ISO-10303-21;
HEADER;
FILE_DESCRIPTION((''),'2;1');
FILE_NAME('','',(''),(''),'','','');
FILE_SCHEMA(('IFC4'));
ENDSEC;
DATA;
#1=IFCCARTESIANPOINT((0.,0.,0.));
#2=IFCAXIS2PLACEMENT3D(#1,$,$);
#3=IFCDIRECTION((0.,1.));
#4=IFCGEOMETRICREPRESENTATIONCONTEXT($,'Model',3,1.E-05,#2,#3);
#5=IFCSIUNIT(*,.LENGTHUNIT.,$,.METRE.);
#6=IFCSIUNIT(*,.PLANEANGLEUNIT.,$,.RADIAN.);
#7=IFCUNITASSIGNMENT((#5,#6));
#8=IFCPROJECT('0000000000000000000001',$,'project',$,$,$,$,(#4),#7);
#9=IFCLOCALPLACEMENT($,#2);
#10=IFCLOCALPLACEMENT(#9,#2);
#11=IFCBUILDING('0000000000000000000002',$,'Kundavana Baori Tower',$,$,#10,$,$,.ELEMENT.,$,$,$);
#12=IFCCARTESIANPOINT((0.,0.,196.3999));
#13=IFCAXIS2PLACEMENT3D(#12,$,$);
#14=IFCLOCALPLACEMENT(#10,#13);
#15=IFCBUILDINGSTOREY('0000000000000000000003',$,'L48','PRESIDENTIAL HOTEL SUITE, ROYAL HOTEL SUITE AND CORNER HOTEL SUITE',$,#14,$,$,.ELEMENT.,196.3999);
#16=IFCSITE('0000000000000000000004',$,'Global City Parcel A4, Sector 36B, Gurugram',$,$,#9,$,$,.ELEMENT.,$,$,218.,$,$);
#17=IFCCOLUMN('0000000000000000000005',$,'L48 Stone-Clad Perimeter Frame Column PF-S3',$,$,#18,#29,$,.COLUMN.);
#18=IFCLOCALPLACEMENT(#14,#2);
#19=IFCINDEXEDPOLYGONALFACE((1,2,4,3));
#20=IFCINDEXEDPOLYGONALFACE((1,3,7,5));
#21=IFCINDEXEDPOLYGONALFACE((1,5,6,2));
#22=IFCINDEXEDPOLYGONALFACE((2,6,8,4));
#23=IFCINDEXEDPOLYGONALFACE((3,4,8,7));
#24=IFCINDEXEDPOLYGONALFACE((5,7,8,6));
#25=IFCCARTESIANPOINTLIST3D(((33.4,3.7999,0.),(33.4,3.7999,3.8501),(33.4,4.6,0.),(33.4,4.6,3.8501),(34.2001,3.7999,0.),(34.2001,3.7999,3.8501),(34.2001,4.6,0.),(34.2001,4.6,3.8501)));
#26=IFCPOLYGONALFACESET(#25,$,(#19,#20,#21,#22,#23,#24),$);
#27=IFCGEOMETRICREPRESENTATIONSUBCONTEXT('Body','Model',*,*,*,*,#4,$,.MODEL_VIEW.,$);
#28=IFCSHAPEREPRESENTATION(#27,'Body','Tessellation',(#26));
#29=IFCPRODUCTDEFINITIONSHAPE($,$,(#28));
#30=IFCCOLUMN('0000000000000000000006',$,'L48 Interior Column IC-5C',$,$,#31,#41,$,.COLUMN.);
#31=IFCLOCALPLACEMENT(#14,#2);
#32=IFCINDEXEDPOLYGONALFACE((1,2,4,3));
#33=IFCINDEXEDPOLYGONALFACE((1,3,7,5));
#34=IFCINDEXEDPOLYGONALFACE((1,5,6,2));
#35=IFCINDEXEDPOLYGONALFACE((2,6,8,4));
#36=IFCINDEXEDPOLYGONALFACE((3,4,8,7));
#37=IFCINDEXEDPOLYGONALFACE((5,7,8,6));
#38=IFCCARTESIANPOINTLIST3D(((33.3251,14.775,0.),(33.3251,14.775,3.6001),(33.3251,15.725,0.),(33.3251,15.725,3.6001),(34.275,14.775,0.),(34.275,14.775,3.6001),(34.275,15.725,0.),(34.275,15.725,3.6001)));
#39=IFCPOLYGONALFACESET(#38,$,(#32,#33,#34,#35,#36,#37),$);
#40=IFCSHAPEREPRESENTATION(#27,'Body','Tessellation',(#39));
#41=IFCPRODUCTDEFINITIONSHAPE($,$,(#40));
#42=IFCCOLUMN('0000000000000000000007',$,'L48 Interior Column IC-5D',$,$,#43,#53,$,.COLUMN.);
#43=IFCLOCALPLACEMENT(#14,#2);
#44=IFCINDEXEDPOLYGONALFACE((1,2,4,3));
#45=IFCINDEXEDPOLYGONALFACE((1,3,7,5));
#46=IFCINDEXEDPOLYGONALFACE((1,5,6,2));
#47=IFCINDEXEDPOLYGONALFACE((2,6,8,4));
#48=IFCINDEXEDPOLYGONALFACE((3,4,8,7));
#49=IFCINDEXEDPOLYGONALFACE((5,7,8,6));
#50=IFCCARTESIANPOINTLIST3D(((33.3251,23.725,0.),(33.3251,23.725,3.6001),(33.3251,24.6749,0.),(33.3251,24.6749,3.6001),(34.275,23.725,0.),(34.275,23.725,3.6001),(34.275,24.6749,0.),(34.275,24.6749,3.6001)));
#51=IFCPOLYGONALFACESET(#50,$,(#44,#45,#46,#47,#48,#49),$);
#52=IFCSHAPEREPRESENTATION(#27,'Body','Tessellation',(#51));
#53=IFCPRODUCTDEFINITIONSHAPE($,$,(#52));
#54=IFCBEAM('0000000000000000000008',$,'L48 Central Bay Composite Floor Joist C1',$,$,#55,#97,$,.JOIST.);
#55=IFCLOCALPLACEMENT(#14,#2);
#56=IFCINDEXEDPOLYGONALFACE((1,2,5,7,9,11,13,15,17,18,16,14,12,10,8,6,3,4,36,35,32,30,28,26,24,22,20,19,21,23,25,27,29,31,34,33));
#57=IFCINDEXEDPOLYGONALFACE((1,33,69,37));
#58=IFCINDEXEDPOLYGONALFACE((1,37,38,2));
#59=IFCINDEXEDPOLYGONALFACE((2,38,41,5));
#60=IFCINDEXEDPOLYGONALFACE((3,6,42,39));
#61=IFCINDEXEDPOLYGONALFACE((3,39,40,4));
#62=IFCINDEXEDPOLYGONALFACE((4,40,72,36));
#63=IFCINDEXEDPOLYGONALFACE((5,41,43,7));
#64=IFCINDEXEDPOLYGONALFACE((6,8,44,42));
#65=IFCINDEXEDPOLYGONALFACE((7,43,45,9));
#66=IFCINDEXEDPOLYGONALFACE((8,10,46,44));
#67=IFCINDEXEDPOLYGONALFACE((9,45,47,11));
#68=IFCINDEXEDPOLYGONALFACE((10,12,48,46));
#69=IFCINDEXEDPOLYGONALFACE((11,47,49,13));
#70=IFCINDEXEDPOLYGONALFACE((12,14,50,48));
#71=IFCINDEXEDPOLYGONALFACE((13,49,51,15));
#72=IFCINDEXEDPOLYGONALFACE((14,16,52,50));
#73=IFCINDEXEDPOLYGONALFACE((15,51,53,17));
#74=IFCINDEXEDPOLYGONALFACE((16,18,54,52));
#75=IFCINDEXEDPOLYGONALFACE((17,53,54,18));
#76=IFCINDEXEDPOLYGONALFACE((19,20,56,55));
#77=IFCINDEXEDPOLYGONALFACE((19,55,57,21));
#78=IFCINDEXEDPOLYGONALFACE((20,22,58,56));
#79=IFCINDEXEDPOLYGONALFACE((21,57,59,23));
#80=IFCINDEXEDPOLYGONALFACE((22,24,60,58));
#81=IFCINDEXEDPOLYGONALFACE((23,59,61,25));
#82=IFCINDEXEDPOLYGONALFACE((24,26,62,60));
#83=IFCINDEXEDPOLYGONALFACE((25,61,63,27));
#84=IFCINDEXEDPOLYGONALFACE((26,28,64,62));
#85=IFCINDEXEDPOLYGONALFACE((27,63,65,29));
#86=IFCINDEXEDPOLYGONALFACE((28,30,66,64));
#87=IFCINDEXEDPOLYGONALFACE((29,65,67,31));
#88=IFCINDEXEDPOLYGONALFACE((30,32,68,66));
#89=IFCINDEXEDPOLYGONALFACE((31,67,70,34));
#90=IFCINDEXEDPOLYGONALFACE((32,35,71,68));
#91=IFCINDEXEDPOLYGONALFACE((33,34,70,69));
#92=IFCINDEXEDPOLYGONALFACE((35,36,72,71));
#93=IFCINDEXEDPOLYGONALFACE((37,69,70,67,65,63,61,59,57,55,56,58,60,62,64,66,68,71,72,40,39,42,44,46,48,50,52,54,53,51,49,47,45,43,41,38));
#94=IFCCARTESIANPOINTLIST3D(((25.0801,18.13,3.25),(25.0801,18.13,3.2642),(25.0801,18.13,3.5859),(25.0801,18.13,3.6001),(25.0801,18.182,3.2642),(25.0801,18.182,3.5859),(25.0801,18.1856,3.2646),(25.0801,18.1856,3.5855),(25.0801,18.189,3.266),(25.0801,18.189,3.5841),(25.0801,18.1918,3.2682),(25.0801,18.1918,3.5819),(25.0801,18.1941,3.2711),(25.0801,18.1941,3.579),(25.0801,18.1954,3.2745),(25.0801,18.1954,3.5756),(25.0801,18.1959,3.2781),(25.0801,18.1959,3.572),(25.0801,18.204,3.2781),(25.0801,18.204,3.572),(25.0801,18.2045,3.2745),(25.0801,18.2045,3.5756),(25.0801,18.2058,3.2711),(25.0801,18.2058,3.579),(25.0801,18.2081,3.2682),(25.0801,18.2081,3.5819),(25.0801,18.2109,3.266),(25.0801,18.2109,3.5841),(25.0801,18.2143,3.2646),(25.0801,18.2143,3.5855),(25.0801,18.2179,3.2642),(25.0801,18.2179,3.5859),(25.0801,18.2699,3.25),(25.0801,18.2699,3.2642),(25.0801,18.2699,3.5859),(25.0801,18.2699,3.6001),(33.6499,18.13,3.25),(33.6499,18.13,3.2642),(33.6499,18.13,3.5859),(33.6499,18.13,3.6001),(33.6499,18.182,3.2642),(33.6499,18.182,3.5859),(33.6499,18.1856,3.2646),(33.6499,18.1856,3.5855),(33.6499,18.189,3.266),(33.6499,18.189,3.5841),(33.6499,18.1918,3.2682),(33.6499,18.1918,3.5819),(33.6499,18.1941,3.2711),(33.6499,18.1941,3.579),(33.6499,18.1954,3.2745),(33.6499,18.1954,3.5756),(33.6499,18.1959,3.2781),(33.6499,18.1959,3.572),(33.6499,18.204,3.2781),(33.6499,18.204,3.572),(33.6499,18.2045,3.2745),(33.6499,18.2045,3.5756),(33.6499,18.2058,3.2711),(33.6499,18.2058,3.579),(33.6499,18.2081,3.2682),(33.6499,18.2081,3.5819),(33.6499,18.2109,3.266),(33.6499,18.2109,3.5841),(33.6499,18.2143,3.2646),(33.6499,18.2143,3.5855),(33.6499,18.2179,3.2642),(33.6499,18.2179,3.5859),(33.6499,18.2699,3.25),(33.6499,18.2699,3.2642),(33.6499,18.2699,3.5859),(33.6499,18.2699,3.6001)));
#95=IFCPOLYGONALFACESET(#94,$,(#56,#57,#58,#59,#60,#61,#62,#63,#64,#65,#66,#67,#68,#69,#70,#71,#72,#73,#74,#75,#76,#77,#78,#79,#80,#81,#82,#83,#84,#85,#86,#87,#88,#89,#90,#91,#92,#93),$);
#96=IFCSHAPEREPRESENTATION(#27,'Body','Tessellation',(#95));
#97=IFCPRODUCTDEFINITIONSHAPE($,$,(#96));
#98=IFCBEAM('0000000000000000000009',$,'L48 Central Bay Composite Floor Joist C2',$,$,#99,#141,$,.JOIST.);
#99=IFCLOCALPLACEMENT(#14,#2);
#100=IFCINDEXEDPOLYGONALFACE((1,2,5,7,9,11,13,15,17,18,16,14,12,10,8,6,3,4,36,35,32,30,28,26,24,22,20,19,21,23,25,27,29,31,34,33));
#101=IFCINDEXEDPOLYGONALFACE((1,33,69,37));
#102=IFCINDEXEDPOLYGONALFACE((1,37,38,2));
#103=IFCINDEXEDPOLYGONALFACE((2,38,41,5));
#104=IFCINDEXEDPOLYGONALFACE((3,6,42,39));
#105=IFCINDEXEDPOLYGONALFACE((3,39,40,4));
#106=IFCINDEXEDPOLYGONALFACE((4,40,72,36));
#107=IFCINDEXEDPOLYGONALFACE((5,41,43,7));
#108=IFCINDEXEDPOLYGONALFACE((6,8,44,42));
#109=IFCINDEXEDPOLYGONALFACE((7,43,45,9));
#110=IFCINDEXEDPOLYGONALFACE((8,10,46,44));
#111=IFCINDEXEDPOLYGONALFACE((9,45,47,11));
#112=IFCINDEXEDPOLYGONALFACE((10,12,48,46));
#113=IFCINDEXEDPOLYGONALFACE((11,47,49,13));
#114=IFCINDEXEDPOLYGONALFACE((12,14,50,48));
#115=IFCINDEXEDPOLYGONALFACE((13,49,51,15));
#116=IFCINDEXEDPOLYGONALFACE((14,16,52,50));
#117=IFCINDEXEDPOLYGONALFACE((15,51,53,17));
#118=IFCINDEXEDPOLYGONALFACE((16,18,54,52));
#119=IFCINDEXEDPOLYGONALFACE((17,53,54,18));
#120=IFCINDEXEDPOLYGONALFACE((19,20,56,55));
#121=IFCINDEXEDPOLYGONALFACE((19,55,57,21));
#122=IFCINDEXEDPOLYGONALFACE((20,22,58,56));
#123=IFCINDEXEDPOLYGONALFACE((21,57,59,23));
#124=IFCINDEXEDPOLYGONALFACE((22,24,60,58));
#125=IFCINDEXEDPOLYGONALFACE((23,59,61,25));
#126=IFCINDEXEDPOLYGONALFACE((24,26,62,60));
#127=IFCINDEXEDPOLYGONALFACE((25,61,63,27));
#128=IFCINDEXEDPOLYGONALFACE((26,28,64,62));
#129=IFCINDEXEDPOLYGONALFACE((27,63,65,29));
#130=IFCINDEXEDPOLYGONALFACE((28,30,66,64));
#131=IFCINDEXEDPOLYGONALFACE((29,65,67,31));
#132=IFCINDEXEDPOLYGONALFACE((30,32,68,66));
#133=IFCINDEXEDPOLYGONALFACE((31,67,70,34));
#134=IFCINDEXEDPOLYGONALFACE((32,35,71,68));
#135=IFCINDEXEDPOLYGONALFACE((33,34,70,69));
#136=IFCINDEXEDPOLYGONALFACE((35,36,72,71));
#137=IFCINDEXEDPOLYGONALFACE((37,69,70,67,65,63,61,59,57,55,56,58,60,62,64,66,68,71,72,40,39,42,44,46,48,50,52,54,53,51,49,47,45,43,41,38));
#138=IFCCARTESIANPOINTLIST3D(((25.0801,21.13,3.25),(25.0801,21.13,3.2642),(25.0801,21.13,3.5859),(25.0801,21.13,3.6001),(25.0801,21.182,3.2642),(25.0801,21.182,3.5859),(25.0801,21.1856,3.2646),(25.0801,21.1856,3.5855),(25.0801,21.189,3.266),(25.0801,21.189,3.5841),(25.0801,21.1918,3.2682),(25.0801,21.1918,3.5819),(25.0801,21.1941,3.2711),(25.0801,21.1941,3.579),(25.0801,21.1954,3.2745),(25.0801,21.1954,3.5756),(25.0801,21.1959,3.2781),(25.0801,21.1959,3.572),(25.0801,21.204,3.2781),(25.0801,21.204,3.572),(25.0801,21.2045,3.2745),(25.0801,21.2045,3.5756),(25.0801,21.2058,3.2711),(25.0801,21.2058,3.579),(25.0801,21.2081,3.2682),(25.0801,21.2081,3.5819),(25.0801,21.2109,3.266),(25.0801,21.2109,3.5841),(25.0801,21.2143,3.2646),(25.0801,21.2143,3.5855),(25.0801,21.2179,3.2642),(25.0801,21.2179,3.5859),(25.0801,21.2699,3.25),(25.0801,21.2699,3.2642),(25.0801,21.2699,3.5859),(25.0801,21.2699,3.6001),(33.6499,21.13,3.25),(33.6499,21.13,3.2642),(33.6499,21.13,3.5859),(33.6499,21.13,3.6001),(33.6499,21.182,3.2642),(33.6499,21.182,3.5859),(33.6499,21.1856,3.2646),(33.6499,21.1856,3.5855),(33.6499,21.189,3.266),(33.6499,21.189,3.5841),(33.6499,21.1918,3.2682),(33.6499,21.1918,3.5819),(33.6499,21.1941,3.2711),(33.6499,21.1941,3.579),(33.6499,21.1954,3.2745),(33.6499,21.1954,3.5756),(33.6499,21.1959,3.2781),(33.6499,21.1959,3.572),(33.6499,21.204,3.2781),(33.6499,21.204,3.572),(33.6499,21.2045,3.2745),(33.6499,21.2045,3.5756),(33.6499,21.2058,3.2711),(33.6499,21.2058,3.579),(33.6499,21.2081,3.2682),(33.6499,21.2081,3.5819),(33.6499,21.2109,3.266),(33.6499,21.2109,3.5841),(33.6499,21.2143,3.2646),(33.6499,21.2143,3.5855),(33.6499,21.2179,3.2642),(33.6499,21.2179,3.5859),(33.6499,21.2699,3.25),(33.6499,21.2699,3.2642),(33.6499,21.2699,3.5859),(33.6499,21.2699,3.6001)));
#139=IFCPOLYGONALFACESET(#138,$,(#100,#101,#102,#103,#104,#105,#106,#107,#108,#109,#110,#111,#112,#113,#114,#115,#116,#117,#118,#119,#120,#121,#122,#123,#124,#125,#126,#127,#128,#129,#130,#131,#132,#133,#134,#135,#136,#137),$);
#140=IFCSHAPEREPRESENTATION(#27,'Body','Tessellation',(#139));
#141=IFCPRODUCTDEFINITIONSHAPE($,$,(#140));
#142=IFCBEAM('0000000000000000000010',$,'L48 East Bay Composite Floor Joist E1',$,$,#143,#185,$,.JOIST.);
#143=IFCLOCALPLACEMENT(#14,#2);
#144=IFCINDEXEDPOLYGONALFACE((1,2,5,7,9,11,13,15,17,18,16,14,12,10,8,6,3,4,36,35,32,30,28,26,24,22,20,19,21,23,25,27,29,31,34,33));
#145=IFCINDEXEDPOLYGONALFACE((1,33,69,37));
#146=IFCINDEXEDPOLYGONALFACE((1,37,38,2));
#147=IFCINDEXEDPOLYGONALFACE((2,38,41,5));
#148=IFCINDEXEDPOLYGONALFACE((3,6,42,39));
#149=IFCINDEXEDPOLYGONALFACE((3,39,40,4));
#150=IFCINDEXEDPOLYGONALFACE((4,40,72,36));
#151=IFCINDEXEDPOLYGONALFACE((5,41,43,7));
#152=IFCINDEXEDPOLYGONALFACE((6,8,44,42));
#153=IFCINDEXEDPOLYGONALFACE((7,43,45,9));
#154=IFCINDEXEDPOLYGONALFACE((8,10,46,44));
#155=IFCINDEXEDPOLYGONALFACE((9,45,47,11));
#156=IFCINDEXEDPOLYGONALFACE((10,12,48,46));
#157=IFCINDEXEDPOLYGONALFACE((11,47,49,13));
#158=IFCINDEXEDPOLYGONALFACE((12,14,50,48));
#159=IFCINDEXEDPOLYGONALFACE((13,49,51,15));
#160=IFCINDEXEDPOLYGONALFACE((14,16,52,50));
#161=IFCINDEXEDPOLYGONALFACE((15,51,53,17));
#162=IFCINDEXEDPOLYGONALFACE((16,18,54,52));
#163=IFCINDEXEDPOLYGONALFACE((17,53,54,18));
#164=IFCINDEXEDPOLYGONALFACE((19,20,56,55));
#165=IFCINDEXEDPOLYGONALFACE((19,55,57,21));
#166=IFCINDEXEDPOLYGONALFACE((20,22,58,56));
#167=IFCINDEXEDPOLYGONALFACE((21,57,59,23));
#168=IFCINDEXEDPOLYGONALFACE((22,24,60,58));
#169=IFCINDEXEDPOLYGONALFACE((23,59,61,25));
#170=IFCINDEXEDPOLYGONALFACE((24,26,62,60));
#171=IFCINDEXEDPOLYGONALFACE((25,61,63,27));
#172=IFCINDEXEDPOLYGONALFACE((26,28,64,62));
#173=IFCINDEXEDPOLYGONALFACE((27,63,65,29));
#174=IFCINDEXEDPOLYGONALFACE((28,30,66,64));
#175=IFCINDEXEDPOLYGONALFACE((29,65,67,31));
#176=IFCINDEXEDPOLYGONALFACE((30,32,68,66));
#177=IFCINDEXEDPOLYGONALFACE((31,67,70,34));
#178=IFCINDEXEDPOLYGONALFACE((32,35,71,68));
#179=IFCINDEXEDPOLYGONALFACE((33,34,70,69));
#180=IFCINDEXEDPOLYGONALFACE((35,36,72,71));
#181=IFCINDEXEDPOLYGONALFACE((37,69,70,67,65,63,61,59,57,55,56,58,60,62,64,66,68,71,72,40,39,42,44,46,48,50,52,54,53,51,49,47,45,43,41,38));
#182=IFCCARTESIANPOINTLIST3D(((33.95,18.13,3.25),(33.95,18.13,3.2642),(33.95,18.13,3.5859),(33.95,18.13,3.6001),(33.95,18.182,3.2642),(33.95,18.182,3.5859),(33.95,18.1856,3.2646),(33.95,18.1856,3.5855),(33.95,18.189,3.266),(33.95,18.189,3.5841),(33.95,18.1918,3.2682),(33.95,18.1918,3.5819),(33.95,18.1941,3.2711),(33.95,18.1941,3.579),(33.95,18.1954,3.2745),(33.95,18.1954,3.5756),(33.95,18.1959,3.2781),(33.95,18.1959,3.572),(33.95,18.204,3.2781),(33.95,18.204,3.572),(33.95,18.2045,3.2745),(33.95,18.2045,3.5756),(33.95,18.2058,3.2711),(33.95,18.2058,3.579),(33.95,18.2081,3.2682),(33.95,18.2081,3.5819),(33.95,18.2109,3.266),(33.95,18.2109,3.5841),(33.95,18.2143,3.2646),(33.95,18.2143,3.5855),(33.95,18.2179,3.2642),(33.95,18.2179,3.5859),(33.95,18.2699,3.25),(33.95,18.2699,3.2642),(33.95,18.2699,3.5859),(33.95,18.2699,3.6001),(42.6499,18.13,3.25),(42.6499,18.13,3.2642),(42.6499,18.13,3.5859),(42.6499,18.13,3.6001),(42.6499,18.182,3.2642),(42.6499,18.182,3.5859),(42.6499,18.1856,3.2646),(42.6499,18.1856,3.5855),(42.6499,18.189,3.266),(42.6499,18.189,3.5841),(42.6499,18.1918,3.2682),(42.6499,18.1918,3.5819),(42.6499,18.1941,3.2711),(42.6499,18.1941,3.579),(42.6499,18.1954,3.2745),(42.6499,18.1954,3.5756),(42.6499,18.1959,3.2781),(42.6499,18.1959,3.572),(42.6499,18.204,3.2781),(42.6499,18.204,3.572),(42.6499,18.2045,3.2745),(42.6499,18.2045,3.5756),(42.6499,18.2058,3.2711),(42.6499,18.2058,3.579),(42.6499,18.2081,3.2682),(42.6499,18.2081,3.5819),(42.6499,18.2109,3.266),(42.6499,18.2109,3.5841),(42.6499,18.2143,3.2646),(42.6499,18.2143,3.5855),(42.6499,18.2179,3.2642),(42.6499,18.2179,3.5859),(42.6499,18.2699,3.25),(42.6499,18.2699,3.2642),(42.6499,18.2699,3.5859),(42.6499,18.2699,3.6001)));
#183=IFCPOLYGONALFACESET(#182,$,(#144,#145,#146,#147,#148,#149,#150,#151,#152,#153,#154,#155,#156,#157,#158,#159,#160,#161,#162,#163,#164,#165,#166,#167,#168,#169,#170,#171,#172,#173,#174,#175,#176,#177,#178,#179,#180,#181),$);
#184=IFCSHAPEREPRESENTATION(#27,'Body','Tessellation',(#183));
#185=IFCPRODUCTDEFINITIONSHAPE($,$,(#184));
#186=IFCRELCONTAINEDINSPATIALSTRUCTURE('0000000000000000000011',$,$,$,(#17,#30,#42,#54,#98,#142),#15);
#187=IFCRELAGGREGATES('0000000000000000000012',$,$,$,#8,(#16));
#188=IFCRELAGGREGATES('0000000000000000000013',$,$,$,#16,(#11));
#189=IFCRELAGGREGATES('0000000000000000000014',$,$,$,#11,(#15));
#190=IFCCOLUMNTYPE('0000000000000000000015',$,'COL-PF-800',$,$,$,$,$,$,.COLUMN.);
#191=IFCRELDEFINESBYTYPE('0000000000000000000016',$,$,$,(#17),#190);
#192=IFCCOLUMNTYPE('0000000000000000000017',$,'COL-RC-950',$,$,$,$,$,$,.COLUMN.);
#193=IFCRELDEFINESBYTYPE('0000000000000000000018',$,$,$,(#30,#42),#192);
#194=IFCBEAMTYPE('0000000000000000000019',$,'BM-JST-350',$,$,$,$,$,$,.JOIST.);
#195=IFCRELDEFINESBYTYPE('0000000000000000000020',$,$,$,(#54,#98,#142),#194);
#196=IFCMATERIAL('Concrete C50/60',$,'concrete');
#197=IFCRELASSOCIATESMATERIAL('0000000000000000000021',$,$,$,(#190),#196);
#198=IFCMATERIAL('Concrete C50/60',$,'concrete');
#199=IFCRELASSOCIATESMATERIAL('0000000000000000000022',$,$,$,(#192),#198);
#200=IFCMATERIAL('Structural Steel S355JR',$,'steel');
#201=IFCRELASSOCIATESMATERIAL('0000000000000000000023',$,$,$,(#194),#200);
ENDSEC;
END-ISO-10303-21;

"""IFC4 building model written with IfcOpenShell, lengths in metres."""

from ifc_helpers import new_model, si_unit, direction, frame, origin, origin_2d, place, context, subcontext, project, spatial, rectangle, i_section, extrude, material, material_profile, profile_set, type_object, element, save


model = new_model("IFC4")

# Units and contexts
model_context = context("Model", 3, precision=1e-05, world=origin(), true_north=direction((0.0, 1.0)))
body_context = subcontext(model_context, "Body", "Model", "MODEL_VIEW")
ifc_project = project(units=[si_unit("LENGTHUNIT", "METRE"), si_unit("PLANEANGLEUNIT", "RADIAN")], contexts=[model_context])

# Site, building, storey
site_placement = place(None, origin())
site = spatial("IfcSite", under=ifc_project, at=site_placement, Name="Global City Parcel A4, Sector 36B, Gurugram", CompositionType="ELEMENT", RefElevation=218.0)
building_placement = place(site_placement, origin())
building = spatial("IfcBuilding", under=site, at=building_placement, Name="Kundavana Baori Tower", CompositionType="ELEMENT")
storey_placement = place(building_placement, frame((0.0, 0.0, 196.3999)))
storey = spatial("IfcBuildingStorey", under=building, at=storey_placement, Name="L48", Description="PRESIDENTIAL HOTEL SUITE, ROYAL HOTEL SUITE AND CORNER HOTEL SUITE", CompositionType="ELEMENT", Elevation=196.3999)

# Columns
ifc_material_1 = material(Name="Concrete C50/60", Category="concrete")
ifc_material_profile_1 = material_profile(ifc_material_1, rectangle(XDim=0.8, YDim=0.8, at=origin_2d()), Name="RC PF 800x800")
ifc_profile_set_1 = profile_set([ifc_material_profile_1], Name="Concrete C50/60")
column_type_1 = type_object("IfcColumnType", Name="COL-PF-800", PredefinedType="COLUMN", material=ifc_profile_set_1)
column_placement = place(storey_placement, frame((33.8, 4.2, 0.0), z_axis=(0.0, 0.0, 1.0), x_axis=(1.0, 0.0, 0.0)))
element("IfcColumn", 1, at=column_placement, inside=storey, type_object=column_type_1, Name="L48 Stone-Clad Perimeter Frame Column PF-S3", PredefinedType="COLUMN", context=body_context, shape_type="SweptSolid", body=[
    extrude(rectangle(XDim=0.8, YDim=0.8, at=origin_2d()), origin(), (0.0, 0.0, 1.0), 3.8501),
])
ifc_material_2 = material(Name="Concrete C50/60", Category="concrete")
ifc_material_profile_2 = material_profile(ifc_material_2, rectangle(XDim=0.95, YDim=0.95, at=origin_2d()), Name="RC 950x950")
ifc_profile_set_2 = profile_set([ifc_material_profile_2], Name="Concrete C50/60")
column_type_2 = type_object("IfcColumnType", Name="COL-RC-950", PredefinedType="COLUMN", material=ifc_profile_set_2)
for number, where, z_axis, x_axis, name in (
    (2, (33.8, 15.25, 0.0), (0.0, 0.0, 1.0), (1.0, 0.0, 0.0), "L48 Interior Column IC-5C"),
    (3, (33.8, 24.2, 0.0), (0.0, 0.0, 1.0), (1.0, 0.0, 0.0), "L48 Interior Column IC-5D"),
):
    element("IfcColumn", number, at=place(storey_placement, frame(where, z_axis=z_axis, x_axis=x_axis)), inside=storey, type_object=column_type_2, Name=name, PredefinedType="COLUMN", context=body_context, shape_type="SweptSolid", body=[
        extrude(rectangle(XDim=0.95, YDim=0.95, at=origin_2d()), origin(), (0.0, 0.0, 1.0), 3.6001),
    ])

# Beams
ifc_material_3 = material(Name="Structural Steel S355JR", Category="steel")
ifc_material_profile_3 = material_profile(ifc_material_3, i_section(OverallWidth=0.1399, OverallDepth=0.3501, WebThickness=0.0081, FlangeThickness=0.0142, FilletRadius=0.0139, at=origin_2d()), Name="ISMB 350")
ifc_profile_set_3 = profile_set([ifc_material_profile_3], Name="Structural Steel S355JR")
beam_type_1 = type_object("IfcBeamType", Name="BM-JST-350", PredefinedType="JOIST", material=ifc_profile_set_3)
for number, where, z_axis, x_axis, name in (
    (4, (25.0801, 18.2, 3.425), (1.0, 0.0, 0.0), (0.0, 1.0, 0.0), "L48 Central Bay Composite Floor Joist C1"),
    (5, (25.0801, 21.2, 3.425), (1.0, 0.0, 0.0), (0.0, 1.0, 0.0), "L48 Central Bay Composite Floor Joist C2"),
):
    element("IfcBeam", number, at=place(storey_placement, frame(where, z_axis=z_axis, x_axis=x_axis)), inside=storey, type_object=beam_type_1, Name=name, PredefinedType="JOIST", context=body_context, shape_type="SweptSolid", body=[
        extrude(i_section(OverallWidth=0.1399, OverallDepth=0.3501, WebThickness=0.0081, FlangeThickness=0.0142, FilletRadius=0.0139, at=origin_2d()), origin(), (0.0, 0.0, 1.0), 8.5698),
    ])
for number, where, z_axis, x_axis, name in (
    (6, (33.95, 18.2, 3.425), (1.0, 0.0, 0.0), (0.0, 1.0, 0.0), "L48 East Bay Composite Floor Joist E1"),
):
    element("IfcBeam", number, at=place(storey_placement, frame(where, z_axis=z_axis, x_axis=x_axis)), inside=storey, type_object=beam_type_1, Name=name, PredefinedType="JOIST", context=body_context, shape_type="SweptSolid", body=[
        extrude(i_section(OverallWidth=0.1399, OverallDepth=0.3501, WebThickness=0.0081, FlangeThickness=0.0142, FilletRadius=0.0139, at=origin_2d()), origin(), (0.0, 0.0, 1.0), 8.7),
    ])

save(model, "model.ifc")
